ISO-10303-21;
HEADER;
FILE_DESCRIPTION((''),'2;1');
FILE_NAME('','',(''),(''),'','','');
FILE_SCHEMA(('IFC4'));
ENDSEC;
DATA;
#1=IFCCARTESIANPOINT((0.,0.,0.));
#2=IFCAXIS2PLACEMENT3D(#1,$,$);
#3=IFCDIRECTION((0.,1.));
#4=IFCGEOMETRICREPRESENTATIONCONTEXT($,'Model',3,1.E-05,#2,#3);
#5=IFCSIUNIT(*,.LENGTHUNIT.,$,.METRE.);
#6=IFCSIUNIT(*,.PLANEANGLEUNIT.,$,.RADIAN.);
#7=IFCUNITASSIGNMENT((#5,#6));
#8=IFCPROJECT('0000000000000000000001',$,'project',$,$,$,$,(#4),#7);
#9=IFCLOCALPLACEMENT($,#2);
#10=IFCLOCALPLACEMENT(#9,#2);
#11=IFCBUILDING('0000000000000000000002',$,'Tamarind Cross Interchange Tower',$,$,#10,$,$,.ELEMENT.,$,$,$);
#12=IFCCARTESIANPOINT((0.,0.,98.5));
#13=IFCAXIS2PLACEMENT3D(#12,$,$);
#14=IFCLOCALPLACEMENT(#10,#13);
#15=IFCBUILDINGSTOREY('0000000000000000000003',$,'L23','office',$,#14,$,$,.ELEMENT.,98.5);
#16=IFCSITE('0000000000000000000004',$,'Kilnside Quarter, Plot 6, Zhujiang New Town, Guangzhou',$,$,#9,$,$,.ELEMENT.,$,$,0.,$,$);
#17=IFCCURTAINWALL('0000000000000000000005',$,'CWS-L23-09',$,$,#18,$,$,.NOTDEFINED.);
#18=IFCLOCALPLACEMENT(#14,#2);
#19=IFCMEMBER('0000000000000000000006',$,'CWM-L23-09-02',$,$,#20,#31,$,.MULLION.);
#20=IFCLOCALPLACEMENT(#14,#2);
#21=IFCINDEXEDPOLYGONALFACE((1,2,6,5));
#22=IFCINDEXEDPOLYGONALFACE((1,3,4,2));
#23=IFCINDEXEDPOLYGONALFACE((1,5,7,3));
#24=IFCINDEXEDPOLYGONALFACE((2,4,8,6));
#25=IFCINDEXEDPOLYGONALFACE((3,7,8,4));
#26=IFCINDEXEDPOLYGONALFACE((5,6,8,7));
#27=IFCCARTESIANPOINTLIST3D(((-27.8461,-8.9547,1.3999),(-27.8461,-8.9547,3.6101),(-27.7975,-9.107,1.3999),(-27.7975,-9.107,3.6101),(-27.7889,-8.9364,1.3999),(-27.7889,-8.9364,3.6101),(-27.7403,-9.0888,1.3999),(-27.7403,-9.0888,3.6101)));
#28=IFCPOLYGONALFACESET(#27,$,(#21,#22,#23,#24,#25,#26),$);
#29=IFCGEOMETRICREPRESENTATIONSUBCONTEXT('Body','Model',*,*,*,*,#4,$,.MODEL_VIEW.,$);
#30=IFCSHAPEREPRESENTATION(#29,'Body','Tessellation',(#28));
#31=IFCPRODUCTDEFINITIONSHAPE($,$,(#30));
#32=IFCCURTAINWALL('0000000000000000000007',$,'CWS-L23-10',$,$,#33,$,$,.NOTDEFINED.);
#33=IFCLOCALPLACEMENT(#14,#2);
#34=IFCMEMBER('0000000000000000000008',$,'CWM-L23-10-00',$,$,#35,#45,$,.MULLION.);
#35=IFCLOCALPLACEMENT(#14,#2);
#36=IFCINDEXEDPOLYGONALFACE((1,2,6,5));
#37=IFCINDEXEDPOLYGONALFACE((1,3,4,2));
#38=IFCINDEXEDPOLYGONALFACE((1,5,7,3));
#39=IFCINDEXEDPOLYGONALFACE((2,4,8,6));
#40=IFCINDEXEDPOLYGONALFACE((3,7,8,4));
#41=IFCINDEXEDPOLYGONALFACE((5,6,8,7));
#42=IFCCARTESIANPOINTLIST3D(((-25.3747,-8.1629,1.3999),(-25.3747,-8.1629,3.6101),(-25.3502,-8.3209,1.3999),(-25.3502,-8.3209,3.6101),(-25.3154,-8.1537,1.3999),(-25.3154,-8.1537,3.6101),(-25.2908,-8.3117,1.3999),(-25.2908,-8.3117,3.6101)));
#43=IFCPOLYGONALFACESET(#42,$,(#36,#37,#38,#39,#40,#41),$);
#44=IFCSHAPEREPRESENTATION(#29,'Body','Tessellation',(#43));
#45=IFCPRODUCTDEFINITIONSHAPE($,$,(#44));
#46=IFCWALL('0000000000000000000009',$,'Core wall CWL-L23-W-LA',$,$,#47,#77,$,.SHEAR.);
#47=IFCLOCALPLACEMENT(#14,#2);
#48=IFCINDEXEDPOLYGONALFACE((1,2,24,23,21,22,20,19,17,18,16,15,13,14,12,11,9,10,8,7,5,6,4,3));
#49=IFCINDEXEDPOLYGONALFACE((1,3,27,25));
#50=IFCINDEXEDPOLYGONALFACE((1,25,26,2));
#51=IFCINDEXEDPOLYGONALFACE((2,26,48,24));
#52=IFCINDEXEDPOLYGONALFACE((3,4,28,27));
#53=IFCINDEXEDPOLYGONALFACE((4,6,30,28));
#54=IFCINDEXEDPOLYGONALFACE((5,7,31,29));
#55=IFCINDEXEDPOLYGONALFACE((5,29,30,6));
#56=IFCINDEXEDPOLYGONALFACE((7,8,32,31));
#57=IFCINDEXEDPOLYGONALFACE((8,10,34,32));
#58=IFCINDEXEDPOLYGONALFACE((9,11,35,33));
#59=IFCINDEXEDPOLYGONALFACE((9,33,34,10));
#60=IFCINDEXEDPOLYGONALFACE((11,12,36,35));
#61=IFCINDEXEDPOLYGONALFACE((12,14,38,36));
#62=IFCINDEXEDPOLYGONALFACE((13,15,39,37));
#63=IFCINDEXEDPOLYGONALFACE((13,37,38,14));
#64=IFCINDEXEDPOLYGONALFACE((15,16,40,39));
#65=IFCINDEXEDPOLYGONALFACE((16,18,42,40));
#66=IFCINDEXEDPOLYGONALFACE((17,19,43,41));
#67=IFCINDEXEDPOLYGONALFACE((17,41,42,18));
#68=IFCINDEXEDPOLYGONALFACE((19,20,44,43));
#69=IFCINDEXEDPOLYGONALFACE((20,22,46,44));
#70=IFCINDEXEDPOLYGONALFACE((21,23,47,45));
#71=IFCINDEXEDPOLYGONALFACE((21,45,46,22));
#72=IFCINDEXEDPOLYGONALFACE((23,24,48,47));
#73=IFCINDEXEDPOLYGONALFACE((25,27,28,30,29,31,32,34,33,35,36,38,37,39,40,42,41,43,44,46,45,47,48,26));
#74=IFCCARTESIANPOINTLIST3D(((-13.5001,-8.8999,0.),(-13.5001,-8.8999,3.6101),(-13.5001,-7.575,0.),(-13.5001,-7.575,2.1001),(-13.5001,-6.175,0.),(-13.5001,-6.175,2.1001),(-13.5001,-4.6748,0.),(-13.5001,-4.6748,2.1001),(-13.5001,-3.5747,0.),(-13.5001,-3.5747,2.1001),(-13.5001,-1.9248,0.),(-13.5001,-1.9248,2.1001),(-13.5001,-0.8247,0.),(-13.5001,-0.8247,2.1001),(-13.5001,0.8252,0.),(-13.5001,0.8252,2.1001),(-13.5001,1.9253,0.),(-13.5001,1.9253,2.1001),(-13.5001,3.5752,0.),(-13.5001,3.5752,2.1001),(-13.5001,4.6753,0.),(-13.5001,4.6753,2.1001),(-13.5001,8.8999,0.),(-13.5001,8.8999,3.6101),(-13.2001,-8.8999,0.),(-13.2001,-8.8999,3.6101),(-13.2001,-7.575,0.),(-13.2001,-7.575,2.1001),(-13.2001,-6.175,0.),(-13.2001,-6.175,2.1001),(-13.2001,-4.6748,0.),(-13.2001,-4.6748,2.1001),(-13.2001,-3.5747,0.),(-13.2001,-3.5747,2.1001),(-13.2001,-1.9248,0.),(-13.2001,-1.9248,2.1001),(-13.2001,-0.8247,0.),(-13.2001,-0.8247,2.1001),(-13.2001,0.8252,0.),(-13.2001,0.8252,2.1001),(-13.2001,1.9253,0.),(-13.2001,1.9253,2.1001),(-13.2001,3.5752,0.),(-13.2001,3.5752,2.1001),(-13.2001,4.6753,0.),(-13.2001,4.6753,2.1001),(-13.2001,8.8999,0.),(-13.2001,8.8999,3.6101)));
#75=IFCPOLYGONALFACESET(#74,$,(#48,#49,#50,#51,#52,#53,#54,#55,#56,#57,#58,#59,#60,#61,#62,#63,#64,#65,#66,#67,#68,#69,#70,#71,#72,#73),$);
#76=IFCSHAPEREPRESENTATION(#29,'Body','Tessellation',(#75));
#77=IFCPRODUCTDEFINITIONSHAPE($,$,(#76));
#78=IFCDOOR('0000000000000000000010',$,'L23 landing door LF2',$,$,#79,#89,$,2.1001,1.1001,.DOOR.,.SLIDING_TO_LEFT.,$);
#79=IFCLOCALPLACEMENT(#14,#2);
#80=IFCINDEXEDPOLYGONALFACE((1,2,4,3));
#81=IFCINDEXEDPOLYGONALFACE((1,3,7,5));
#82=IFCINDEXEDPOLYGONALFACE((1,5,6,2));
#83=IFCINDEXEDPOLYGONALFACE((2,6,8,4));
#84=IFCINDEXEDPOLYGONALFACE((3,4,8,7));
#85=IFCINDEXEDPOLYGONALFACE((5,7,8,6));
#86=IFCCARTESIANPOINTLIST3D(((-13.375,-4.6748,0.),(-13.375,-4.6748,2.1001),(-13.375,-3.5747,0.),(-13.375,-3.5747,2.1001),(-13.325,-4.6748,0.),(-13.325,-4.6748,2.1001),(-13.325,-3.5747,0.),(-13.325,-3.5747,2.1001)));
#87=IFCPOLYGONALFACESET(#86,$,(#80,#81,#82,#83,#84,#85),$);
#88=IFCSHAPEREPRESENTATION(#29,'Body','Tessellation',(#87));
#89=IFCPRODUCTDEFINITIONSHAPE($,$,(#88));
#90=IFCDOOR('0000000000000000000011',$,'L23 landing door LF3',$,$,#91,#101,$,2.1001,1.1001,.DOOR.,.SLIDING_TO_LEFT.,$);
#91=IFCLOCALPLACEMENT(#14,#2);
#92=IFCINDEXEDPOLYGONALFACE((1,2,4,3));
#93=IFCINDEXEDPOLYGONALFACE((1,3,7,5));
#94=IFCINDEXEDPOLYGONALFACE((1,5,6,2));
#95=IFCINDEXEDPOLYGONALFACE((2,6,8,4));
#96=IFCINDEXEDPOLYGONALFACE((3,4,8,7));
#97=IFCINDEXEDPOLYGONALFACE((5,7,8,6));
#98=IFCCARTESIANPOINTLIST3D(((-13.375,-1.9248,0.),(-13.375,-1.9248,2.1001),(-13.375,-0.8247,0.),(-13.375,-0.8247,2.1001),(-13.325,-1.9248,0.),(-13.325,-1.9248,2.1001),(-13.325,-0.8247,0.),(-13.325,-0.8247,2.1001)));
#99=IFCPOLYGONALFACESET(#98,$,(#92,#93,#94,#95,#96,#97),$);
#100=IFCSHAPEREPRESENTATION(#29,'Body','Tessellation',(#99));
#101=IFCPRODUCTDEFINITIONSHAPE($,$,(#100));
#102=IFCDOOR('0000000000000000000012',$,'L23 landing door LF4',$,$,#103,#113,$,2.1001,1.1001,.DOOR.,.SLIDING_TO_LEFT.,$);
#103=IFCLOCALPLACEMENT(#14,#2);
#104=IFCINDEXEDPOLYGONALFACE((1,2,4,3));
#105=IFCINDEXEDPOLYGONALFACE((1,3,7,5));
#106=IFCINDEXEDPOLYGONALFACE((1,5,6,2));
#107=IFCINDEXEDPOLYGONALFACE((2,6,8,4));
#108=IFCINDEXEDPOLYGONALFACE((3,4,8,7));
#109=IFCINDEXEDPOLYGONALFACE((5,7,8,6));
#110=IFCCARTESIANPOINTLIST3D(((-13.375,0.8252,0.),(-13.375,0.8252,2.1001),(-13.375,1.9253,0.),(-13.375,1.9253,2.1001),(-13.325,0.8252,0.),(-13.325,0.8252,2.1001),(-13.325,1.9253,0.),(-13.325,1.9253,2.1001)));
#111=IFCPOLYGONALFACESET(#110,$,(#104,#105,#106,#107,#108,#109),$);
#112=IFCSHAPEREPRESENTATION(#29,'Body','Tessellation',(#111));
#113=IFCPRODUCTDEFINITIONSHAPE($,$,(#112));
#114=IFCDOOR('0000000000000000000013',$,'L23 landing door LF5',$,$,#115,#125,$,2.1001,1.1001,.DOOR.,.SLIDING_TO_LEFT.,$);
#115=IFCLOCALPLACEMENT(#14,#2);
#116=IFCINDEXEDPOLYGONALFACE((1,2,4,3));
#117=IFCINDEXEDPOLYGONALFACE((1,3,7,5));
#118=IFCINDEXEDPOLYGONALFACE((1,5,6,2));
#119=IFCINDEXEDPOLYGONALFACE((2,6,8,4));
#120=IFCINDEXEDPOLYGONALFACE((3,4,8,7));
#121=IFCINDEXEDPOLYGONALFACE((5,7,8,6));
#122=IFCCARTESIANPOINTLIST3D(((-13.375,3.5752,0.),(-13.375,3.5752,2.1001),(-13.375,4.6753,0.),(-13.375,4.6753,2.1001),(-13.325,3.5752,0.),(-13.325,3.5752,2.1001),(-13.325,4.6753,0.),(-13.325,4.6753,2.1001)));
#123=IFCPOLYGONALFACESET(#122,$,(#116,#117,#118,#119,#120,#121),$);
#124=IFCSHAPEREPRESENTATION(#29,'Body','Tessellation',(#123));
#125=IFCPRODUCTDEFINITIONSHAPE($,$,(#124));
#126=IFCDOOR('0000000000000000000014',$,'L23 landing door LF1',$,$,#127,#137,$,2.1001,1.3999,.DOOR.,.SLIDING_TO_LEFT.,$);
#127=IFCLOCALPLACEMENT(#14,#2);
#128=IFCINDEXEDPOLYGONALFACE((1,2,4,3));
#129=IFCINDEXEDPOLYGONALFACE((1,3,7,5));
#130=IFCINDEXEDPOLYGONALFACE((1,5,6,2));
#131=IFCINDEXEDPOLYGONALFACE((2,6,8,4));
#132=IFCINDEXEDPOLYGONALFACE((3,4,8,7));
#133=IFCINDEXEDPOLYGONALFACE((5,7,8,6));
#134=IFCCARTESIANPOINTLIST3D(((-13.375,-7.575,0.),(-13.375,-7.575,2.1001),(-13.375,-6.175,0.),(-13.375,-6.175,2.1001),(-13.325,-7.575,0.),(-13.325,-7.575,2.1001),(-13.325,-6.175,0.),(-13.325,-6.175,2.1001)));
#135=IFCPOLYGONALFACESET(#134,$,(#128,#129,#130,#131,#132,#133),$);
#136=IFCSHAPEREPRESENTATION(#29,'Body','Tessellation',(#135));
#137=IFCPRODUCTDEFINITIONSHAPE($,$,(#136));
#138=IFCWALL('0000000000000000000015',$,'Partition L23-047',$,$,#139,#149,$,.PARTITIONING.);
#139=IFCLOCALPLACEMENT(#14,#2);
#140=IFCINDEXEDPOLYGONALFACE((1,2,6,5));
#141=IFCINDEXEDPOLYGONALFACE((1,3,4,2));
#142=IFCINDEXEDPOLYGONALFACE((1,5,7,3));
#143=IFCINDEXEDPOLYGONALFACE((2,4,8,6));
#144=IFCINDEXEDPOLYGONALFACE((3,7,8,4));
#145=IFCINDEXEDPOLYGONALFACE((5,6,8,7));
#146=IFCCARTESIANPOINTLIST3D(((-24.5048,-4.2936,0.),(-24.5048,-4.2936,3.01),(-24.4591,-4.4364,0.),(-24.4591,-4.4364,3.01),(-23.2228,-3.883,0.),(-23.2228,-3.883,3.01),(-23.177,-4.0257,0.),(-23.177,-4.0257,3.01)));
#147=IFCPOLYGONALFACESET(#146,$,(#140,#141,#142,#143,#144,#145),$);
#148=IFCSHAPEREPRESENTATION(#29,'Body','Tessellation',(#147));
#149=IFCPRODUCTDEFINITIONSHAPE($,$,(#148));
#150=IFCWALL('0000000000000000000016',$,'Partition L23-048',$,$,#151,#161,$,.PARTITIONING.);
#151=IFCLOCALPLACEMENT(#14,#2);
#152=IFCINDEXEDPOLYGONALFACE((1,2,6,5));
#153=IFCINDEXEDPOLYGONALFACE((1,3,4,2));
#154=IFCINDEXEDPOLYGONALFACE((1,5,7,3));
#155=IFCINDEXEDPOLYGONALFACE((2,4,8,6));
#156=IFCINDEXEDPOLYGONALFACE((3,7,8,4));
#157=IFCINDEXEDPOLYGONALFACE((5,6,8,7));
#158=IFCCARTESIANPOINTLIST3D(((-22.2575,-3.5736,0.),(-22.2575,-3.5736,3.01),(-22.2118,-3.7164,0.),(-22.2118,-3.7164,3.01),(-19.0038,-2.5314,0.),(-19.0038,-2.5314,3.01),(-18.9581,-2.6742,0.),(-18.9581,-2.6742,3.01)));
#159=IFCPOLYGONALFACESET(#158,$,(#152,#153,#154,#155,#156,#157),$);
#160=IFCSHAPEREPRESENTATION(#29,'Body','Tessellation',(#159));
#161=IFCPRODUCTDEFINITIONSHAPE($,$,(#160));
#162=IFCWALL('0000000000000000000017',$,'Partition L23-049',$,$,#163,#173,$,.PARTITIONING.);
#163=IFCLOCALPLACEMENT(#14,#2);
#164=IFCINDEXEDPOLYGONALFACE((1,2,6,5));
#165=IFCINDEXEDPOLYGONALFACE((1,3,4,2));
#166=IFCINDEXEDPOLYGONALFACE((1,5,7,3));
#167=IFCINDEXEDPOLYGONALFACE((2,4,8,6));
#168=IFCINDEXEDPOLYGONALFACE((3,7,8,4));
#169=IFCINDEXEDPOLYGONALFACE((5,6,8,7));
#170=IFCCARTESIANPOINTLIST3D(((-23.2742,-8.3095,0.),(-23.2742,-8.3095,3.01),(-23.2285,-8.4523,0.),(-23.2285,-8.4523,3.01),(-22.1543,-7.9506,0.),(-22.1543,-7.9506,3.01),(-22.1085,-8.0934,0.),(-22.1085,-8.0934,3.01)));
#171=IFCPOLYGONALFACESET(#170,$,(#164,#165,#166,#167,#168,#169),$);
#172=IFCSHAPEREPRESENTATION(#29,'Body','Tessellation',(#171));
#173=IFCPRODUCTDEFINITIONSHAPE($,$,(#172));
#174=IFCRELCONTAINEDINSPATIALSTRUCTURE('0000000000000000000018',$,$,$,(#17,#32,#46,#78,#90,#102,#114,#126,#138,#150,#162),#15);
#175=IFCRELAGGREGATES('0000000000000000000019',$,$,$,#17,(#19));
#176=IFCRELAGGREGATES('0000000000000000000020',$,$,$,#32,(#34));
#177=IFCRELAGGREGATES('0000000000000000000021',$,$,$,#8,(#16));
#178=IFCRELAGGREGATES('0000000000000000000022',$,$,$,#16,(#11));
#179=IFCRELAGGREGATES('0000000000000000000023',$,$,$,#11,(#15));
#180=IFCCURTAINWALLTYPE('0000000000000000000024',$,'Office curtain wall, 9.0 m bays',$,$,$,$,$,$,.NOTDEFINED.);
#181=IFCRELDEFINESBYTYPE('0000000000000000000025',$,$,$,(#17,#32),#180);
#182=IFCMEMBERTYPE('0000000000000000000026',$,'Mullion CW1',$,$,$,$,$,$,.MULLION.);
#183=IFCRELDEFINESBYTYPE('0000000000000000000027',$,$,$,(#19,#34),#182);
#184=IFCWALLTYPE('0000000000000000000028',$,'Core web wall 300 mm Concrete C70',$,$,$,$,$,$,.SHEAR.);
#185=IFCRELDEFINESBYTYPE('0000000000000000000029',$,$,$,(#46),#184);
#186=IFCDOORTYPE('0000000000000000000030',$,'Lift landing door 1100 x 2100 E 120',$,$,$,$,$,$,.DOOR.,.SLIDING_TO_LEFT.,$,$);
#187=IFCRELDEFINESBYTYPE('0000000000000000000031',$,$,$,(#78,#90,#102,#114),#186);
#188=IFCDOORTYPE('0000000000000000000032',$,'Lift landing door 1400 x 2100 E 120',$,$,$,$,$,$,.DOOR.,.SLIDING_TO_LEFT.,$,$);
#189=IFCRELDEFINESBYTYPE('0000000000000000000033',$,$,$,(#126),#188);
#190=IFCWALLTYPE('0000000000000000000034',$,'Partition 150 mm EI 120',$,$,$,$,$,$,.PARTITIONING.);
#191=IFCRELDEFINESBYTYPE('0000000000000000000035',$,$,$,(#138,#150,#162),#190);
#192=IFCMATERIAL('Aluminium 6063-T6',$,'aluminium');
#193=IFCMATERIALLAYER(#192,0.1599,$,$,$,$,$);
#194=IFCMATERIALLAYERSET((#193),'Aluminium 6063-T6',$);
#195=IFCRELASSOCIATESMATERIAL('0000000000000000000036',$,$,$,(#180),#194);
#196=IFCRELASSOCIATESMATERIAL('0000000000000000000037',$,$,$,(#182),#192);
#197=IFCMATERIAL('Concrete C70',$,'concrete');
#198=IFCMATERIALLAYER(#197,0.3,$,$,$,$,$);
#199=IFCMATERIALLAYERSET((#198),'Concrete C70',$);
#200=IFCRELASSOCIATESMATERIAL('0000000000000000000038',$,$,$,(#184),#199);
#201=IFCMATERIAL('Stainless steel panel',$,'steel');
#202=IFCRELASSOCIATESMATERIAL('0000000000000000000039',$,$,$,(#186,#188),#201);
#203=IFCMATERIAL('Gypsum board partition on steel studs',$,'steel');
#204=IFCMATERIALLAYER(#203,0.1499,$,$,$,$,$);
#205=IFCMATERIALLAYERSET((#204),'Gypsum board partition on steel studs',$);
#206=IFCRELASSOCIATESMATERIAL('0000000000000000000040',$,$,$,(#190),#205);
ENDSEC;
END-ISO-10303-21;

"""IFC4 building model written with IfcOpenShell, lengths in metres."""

from ifc_helpers import new_model, si_unit, direction, frame, frame_2d, origin, origin_2d, place, context, subcontext, project, spatial, rectangle, extrude, material, layer, layer_set, material_profile, profile_set, type_object, element, fill, aggregate, save


model = new_model("IFC4")

# Units and contexts
model_context = context("Model", 3, precision=1e-05, world=origin(), true_north=direction((0.0, 1.0)))
body_context = subcontext(model_context, "Body", "Model", "MODEL_VIEW")
ifc_project = project(units=[si_unit("LENGTHUNIT", "METRE"), si_unit("PLANEANGLEUNIT", "RADIAN")], contexts=[model_context])

# Site, building, storey
site_placement = place(None, origin())
site = spatial("IfcSite", under=ifc_project, at=site_placement, Name="Kilnside Quarter, Plot 6, Zhujiang New Town, Guangzhou", CompositionType="ELEMENT", RefElevation=0.0)
building_placement = place(site_placement, origin())
building = spatial("IfcBuilding", under=site, at=building_placement, Name="Tamarind Cross Interchange Tower", CompositionType="ELEMENT")
storey_placement = place(building_placement, frame((0.0, 0.0, 98.5)))
storey = spatial("IfcBuildingStorey", under=building, at=storey_placement, Name="L23", Description="office", CompositionType="ELEMENT", Elevation=98.5)

# Curtain walls, members
ifc_material_1 = material(Name="Aluminium 6063-T6", Category="aluminium")
ifc_layer_1 = layer(ifc_material_1, 0.1599)
ifc_layer_set_1 = layer_set([ifc_layer_1], Name="Aluminium 6063-T6")
curtain_wall_type = type_object("IfcCurtainWallType", Name="Office curtain wall, 9.0 m bays", PredefinedType="NOTDEFINED", material=ifc_layer_set_1)
curtain_wall_1_placement = place(storey_placement, origin())
curtain_wall_1 = element("IfcCurtainWall", 1, at=curtain_wall_1_placement, inside=storey, type_object=curtain_wall_type, Name="CWS-L23-09", PredefinedType="NOTDEFINED")
ifc_material_profile_1 = material_profile(ifc_material_1, rectangle(XDim=0.0601, YDim=0.1599, at=origin_2d()), Name="Mullion CW1")
ifc_profile_set_1 = profile_set([ifc_material_profile_1], Name="Aluminium 6063-T6")
member_type = type_object("IfcMemberType", Name="Mullion CW1", PredefinedType="MULLION", material=ifc_profile_set_1)
member_1_placement = place(storey_placement, frame((-27.7932, -9.0217, 1.3999), z_axis=(0.0, 0.0, 1.0), x_axis=(0.952773, 0.303683, 0.0)))
member_1 = element("IfcMember", 2, at=member_1_placement, type_object=member_type, Name="CWM-L23-09-02", PredefinedType="MULLION", context=body_context, shape_type="SweptSolid", body=[
    extrude(rectangle(XDim=0.0601, YDim=0.1599, at=origin_2d()), origin(), (0.0, 0.0, 1.0), 2.2102),
])
aggregate(curtain_wall_1, [member_1])
curtain_wall_2_placement = place(storey_placement, origin())
curtain_wall_2 = element("IfcCurtainWall", 3, at=curtain_wall_2_placement, inside=storey, type_object=curtain_wall_type, Name="CWS-L23-10", PredefinedType="NOTDEFINED")
member_2_placement = place(storey_placement, frame((-25.3328, -8.2373, 1.3999), z_axis=(0.0, 0.0, 1.0), x_axis=(0.988132, 0.153604, 0.0)))
member_2 = element("IfcMember", 4, at=member_2_placement, type_object=member_type, Name="CWM-L23-10-00", PredefinedType="MULLION", context=body_context, shape_type="SweptSolid", body=[
    extrude(rectangle(XDim=0.0601, YDim=0.1599, at=origin_2d()), origin(), (0.0, 0.0, 1.0), 2.2102),
])
aggregate(curtain_wall_2, [member_2])

# Wall, openings, doors
ifc_material_2 = material(Name="Concrete C70", Category="concrete")
ifc_layer_2 = layer(ifc_material_2, 0.3)
ifc_layer_set_2 = layer_set([ifc_layer_2], Name="Concrete C70")
wall_type_1 = type_object("IfcWallType", Name="Core web wall 300 mm Concrete C70", PredefinedType="SHEAR", material=ifc_layer_set_2)
wall_1_placement = place(storey_placement, frame((-13.3501, -8.8999, 0.0), z_axis=(0.0, 0.0, 1.0), x_axis=(0.0, 1.0, 0.0)))
wall_1 = element("IfcWall", 5, at=wall_1_placement, inside=storey, type_object=wall_type_1, Name="Core wall CWL-L23-W-LA", PredefinedType="SHEAR", context=body_context, shape_type="SweptSolid", body=[
    extrude(rectangle(XDim=17.7998, YDim=0.3, at=frame_2d((8.8999, 0.0))), origin(), (0.0, 0.0, 1.0), 3.6101),
])
opening_1_placement = place(wall_1_placement, frame((1.325, 0.0, 0.0)))
opening_1 = element("IfcOpeningElement", 6, at=opening_1_placement, cuts=wall_1, PredefinedType="OPENING", context=body_context, shape_type="SweptSolid", body=[
    extrude(rectangle(XDim=1.3999, YDim=2.1001, at=frame_2d((0.7, 1.05))), frame((0.0, 0.1599, 0.0), z_axis=(0.0, -1.0, 0.0), x_axis=(1.0, 0.0, 0.0)), (0.0, 0.0, 1.0), 0.3201),
])
opening_2_placement = place(wall_1_placement, frame((4.2251, 0.0, 0.0)))
opening_2 = element("IfcOpeningElement", 7, at=opening_2_placement, cuts=wall_1, PredefinedType="OPENING", context=body_context, shape_type="SweptSolid", body=[
    extrude(rectangle(XDim=1.1001, YDim=2.1001, at=frame_2d((0.55, 1.05))), frame((0.0, 0.1599, 0.0), z_axis=(0.0, -1.0, 0.0), x_axis=(1.0, 0.0, 0.0)), (0.0, 0.0, 1.0), 0.3201),
])
opening_3_placement = place(wall_1_placement, frame((6.9751, 0.0, 0.0)))
opening_3 = element("IfcOpeningElement", 8, at=opening_3_placement, cuts=wall_1, PredefinedType="OPENING", context=body_context, shape_type="SweptSolid", body=[
    extrude(rectangle(XDim=1.1001, YDim=2.1001, at=frame_2d((0.55, 1.05))), frame((0.0, 0.1599, 0.0), z_axis=(0.0, -1.0, 0.0), x_axis=(1.0, 0.0, 0.0)), (0.0, 0.0, 1.0), 0.3201),
])
opening_4_placement = place(wall_1_placement, frame((9.7251, 0.0, 0.0)))
opening_4 = element("IfcOpeningElement", 9, at=opening_4_placement, cuts=wall_1, PredefinedType="OPENING", context=body_context, shape_type="SweptSolid", body=[
    extrude(rectangle(XDim=1.1001, YDim=2.1001, at=frame_2d((0.55, 1.05))), frame((0.0, 0.1599, 0.0), z_axis=(0.0, -1.0, 0.0), x_axis=(1.0, 0.0, 0.0)), (0.0, 0.0, 1.0), 0.3201),
])
opening_5_placement = place(wall_1_placement, frame((12.4751, 0.0, 0.0)))
opening_5 = element("IfcOpeningElement", 10, at=opening_5_placement, cuts=wall_1, PredefinedType="OPENING", context=body_context, shape_type="SweptSolid", body=[
    extrude(rectangle(XDim=1.1001, YDim=2.1001, at=frame_2d((0.55, 1.05))), frame((0.0, 0.1599, 0.0), z_axis=(0.0, -1.0, 0.0), x_axis=(1.0, 0.0, 0.0)), (0.0, 0.0, 1.0), 0.3201),
])
ifc_material_3 = material(Name="Stainless steel panel", Category="steel")
door_type_1 = type_object("IfcDoorType", Name="Lift landing door 1100 x 2100 E 120", OperationType="SLIDING_TO_LEFT", PredefinedType="DOOR", material=ifc_material_3)
door_1_placement = place(opening_2_placement, origin())
door_1 = element("IfcDoor", 11, at=door_1_placement, inside=storey, type_object=door_type_1, Name="L23 landing door LF2", OperationType="SLIDING_TO_LEFT", OverallHeight=2.1001, OverallWidth=1.1001, PredefinedType="DOOR", context=body_context, shape_type="SweptSolid", body=[
    extrude(rectangle(XDim=1.1001, YDim=2.1001, at=frame_2d((0.55, 1.05))), frame((0.0, 0.0249, 0.0), z_axis=(0.0, -1.0, 0.0), x_axis=(1.0, 0.0, 0.0)), (0.0, 0.0, 1.0), 0.05),
])
fill(opening_2, door_1)
door_2_placement = place(opening_3_placement, origin())
door_2 = element("IfcDoor", 12, at=door_2_placement, inside=storey, type_object=door_type_1, Name="L23 landing door LF3", OperationType="SLIDING_TO_LEFT", OverallHeight=2.1001, OverallWidth=1.1001, PredefinedType="DOOR", context=body_context, shape_type="SweptSolid", body=[
    extrude(rectangle(XDim=1.1001, YDim=2.1001, at=frame_2d((0.55, 1.05))), frame((0.0, 0.0249, 0.0), z_axis=(0.0, -1.0, 0.0), x_axis=(1.0, 0.0, 0.0)), (0.0, 0.0, 1.0), 0.05),
])
fill(opening_3, door_2)
door_3_placement = place(opening_4_placement, origin())
door_3 = element("IfcDoor", 13, at=door_3_placement, inside=storey, type_object=door_type_1, Name="L23 landing door LF4", OperationType="SLIDING_TO_LEFT", OverallHeight=2.1001, OverallWidth=1.1001, PredefinedType="DOOR", context=body_context, shape_type="SweptSolid", body=[
    extrude(rectangle(XDim=1.1001, YDim=2.1001, at=frame_2d((0.55, 1.05))), frame((0.0, 0.0249, 0.0), z_axis=(0.0, -1.0, 0.0), x_axis=(1.0, 0.0, 0.0)), (0.0, 0.0, 1.0), 0.05),
])
fill(opening_4, door_3)
door_4_placement = place(opening_5_placement, origin())
door_4 = element("IfcDoor", 14, at=door_4_placement, inside=storey, type_object=door_type_1, Name="L23 landing door LF5", OperationType="SLIDING_TO_LEFT", OverallHeight=2.1001, OverallWidth=1.1001, PredefinedType="DOOR", context=body_context, shape_type="SweptSolid", body=[
    extrude(rectangle(XDim=1.1001, YDim=2.1001, at=frame_2d((0.55, 1.05))), frame((0.0, 0.0249, 0.0), z_axis=(0.0, -1.0, 0.0), x_axis=(1.0, 0.0, 0.0)), (0.0, 0.0, 1.0), 0.05),
])
fill(opening_5, door_4)
door_type_2 = type_object("IfcDoorType", Name="Lift landing door 1400 x 2100 E 120", OperationType="SLIDING_TO_LEFT", PredefinedType="DOOR", material=ifc_material_3)
door_5_placement = place(opening_1_placement, origin())
door_5 = element("IfcDoor", 15, at=door_5_placement, inside=storey, type_object=door_type_2, Name="L23 landing door LF1", OperationType="SLIDING_TO_LEFT", OverallHeight=2.1001, OverallWidth=1.3999, PredefinedType="DOOR", context=body_context, shape_type="SweptSolid", body=[
    extrude(rectangle(XDim=1.3999, YDim=2.1001, at=frame_2d((0.7, 1.05))), frame((0.0, 0.0249, 0.0), z_axis=(0.0, -1.0, 0.0), x_axis=(1.0, 0.0, 0.0)), (0.0, 0.0, 1.0), 0.05),
])
fill(opening_1, door_5)

# Walls
ifc_material_4 = material(Name="Gypsum board partition on steel studs", Category="steel")
ifc_layer_3 = layer(ifc_material_4, 0.1499)
ifc_layer_set_3 = layer_set([ifc_layer_3], Name="Gypsum board partition on steel studs")
wall_type_2 = type_object("IfcWallType", Name="Partition 150 mm EI 120", PredefinedType="PARTITIONING", material=ifc_layer_set_3)
wall_2_placement = place(storey_placement, frame((-24.4819, -4.365, 0.0), z_axis=(0.0, 0.0, 1.0), x_axis=(0.952336, 0.305052, 0.0)))
element("IfcWall", 16, at=wall_2_placement, inside=storey, type_object=wall_type_2, Name="Partition L23-047", PredefinedType="PARTITIONING", context=body_context, shape_type="SweptSolid", body=[
    extrude(rectangle(XDim=1.3462, YDim=0.1499, at=frame_2d((0.6731, 0.0))), origin(), (0.0, 0.0, 1.0), 3.01),
])
wall_3_placement = place(storey_placement, frame((-22.2346, -3.645, 0.0), z_axis=(0.0, 0.0, 1.0), x_axis=(0.952334, 0.305058, 0.0)))
element("IfcWall", 17, at=wall_3_placement, inside=storey, type_object=wall_type_2, Name="Partition L23-048", PredefinedType="PARTITIONING", context=body_context, shape_type="SweptSolid", body=[
    extrude(rectangle(XDim=3.4165, YDim=0.1499, at=frame_2d((1.7083, 0.0))), origin(), (0.0, 0.0, 1.0), 3.01),
])
wall_4_placement = place(storey_placement, frame((-23.2512, -8.3809, 0.0), z_axis=(0.0, 0.0, 1.0), x_axis=(0.952294, 0.305182, 0.0)))
element("IfcWall", 18, at=wall_4_placement, inside=storey, type_object=wall_type_2, Name="Partition L23-049", PredefinedType="PARTITIONING", context=body_context, shape_type="SweptSolid", body=[
    extrude(rectangle(XDim=1.176, YDim=0.1499, at=frame_2d((0.5879, 0.0))), origin(), (0.0, 0.0, 1.0), 3.01),
])

save(model, "model.ifc")
